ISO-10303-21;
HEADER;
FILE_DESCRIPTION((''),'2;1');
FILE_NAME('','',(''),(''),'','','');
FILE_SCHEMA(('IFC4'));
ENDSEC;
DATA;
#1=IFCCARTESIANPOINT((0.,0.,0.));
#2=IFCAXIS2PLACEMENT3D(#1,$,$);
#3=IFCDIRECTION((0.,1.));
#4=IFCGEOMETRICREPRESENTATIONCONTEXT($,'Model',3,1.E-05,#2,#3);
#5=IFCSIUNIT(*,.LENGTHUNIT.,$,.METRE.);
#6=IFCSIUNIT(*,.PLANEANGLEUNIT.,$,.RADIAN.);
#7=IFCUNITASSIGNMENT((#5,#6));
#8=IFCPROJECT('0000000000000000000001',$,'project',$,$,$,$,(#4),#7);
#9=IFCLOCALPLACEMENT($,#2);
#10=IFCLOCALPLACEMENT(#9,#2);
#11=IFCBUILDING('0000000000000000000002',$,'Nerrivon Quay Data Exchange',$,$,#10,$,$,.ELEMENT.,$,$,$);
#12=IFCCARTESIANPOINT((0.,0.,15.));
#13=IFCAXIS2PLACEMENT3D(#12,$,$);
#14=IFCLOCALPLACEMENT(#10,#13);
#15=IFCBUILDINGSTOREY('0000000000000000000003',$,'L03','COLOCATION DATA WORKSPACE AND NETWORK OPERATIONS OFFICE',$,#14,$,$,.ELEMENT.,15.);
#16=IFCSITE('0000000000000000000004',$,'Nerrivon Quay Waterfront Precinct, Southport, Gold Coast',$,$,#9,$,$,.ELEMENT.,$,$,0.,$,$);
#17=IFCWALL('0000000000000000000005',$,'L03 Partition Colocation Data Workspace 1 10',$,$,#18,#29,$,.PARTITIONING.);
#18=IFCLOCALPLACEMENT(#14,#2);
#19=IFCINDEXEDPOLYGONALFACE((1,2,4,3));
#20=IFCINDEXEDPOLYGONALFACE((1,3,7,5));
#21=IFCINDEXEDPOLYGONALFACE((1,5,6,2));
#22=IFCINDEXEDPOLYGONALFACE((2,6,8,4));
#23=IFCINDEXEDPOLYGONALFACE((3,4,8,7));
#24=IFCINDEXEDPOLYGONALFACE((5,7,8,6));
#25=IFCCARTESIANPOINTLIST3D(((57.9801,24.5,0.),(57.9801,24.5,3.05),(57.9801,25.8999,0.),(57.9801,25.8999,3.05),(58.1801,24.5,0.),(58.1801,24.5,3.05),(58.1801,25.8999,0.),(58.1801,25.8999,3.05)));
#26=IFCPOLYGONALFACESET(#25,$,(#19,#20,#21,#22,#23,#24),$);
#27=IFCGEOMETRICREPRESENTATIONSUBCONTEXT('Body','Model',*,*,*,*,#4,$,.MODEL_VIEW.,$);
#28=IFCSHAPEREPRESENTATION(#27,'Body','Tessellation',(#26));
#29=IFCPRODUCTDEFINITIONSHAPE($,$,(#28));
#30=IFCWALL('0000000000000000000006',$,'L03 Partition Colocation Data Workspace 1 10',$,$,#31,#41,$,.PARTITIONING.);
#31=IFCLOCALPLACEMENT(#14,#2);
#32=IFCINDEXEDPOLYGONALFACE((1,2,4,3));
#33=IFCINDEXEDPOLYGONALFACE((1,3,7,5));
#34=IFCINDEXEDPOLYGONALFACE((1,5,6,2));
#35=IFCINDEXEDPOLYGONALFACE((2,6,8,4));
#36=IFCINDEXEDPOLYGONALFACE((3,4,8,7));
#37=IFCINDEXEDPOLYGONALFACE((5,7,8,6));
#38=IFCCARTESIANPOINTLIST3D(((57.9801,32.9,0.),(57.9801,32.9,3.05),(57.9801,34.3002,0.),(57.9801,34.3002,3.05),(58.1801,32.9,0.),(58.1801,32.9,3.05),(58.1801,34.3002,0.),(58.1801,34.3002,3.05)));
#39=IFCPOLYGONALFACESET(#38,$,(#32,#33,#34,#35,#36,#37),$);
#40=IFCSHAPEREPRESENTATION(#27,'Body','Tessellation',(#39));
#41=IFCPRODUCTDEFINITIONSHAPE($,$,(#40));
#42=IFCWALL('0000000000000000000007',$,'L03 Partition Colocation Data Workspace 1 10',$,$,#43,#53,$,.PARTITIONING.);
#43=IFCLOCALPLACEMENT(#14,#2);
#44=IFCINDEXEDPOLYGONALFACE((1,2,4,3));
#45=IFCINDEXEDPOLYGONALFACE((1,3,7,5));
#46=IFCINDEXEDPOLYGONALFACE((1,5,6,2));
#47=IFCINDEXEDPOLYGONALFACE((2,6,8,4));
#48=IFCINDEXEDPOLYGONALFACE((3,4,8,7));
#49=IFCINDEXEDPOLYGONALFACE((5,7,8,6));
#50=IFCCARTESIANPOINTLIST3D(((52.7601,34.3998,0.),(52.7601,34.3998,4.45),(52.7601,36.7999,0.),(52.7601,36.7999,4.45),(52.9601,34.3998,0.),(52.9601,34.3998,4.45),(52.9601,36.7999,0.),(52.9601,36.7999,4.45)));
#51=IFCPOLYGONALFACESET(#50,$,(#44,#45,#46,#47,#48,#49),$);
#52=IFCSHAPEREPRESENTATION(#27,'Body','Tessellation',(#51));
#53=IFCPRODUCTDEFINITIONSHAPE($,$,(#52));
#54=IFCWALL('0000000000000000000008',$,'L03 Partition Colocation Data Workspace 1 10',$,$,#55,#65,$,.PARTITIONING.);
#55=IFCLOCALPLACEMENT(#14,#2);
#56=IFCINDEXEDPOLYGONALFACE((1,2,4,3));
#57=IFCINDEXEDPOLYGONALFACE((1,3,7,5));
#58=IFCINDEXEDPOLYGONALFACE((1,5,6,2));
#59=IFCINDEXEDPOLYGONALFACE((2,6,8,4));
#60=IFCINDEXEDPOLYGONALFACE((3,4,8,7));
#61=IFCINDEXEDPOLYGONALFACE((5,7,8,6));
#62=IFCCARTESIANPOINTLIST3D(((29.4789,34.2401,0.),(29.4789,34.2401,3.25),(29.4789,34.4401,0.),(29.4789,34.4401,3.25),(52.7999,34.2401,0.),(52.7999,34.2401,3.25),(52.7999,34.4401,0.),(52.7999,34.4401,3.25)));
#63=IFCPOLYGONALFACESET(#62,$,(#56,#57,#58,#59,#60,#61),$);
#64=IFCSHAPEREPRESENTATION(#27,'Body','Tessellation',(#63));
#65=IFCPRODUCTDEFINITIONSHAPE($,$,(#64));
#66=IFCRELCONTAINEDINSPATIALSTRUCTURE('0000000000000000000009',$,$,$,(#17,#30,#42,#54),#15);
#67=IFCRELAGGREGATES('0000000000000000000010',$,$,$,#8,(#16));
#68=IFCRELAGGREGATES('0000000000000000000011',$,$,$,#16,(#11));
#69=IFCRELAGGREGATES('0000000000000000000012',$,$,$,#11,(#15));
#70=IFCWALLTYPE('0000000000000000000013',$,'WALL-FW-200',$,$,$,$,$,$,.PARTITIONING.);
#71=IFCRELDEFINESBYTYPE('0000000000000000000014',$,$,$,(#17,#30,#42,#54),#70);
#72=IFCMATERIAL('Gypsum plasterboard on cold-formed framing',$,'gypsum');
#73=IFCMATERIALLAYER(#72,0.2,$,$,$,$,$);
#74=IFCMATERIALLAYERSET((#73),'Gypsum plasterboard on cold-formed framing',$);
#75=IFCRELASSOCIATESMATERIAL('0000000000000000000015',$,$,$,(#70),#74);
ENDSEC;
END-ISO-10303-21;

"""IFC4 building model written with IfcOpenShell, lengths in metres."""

from ifc_helpers import new_model, si_unit, direction, frame, frame_2d, origin, place, context, subcontext, project, spatial, rectangle, extrude, material, layer, layer_set, type_object, element, save


model = new_model("IFC4")

# Units and contexts
model_context = context("Model", 3, precision=1e-05, world=origin(), true_north=direction((0.0, 1.0)))
body_context = subcontext(model_context, "Body", "Model", "MODEL_VIEW")
ifc_project = project(units=[si_unit("LENGTHUNIT", "METRE"), si_unit("PLANEANGLEUNIT", "RADIAN")], contexts=[model_context])

# Site, building, storey
site_placement = place(None, origin())
site = spatial("IfcSite", under=ifc_project, at=site_placement, Name="Nerrivon Quay Waterfront Precinct, Southport, Gold Coast", CompositionType="ELEMENT", RefElevation=0.0)
building_placement = place(site_placement, origin())
building = spatial("IfcBuilding", under=site, at=building_placement, Name="Nerrivon Quay Data Exchange", CompositionType="ELEMENT")
storey_placement = place(building_placement, frame((0.0, 0.0, 15.0)))
storey = spatial("IfcBuildingStorey", under=building, at=storey_placement, Name="L03", Description="COLOCATION DATA WORKSPACE AND NETWORK OPERATIONS OFFICE", CompositionType="ELEMENT", Elevation=15.0)

# Walls
ifc_material_1 = material(Name="Gypsum plasterboard on cold-formed framing", Category="gypsum")
ifc_layer_1 = layer(ifc_material_1, 0.2)
ifc_layer_set_1 = layer_set([ifc_layer_1], Name="Gypsum plasterboard on cold-formed framing")
wall_type = type_object("IfcWallType", Name="WALL-FW-200", PredefinedType="PARTITIONING", material=ifc_layer_set_1)
wall_1_placement = place(storey_placement, frame((58.0801, 24.5, 0.0), z_axis=(0.0, 0.0, 1.0), x_axis=(0.0, 1.0, 0.0)))
element("IfcWall", 1, at=wall_1_placement, inside=storey, type_object=wall_type, Name="L03 Partition Colocation Data Workspace 1 10", PredefinedType="PARTITIONING", context=body_context, shape_type="SweptSolid", body=[
    extrude(rectangle(XDim=1.3999, YDim=0.2, at=frame_2d((0.7, 0.0))), origin(), (0.0, 0.0, 1.0), 3.05),
])
wall_2_placement = place(storey_placement, frame((58.0801, 32.8999, 0.0), z_axis=(0.0, 0.0, 1.0), x_axis=(0.0, 1.0, 0.0)))
element("IfcWall", 2, at=wall_2_placement, inside=storey, type_object=wall_type, Name="L03 Partition Colocation Data Workspace 1 10", PredefinedType="PARTITIONING", context=body_context, shape_type="SweptSolid", body=[
    extrude(rectangle(XDim=1.4001, YDim=0.2, at=frame_2d((0.7002, 0.0))), origin(), (0.0, 0.0, 1.0), 3.05),
])
wall_3_placement = place(storey_placement, frame((52.8601, 36.8, 0.0), z_axis=(0.0, 0.0, 1.0), x_axis=(0.0, -1.0, 0.0)))
element("IfcWall", 3, at=wall_3_placement, inside=storey, type_object=wall_type, Name="L03 Partition Colocation Data Workspace 1 10", PredefinedType="PARTITIONING", context=body_context, shape_type="SweptSolid", body=[
    extrude(rectangle(XDim=2.4001, YDim=0.2, at=frame_2d((1.2002, 0.0))), origin(), (0.0, 0.0, 1.0), 4.45),
])
wall_4_placement = place(storey_placement, frame((52.8, 34.3401, 0.0), z_axis=(0.0, 0.0, 1.0), x_axis=(-1.0, 0.0, 0.0)))
element("IfcWall", 4, at=wall_4_placement, inside=storey, type_object=wall_type, Name="L03 Partition Colocation Data Workspace 1 10", PredefinedType="PARTITIONING", context=body_context, shape_type="SweptSolid", body=[
    extrude(rectangle(XDim=23.321, YDim=0.2, at=frame_2d((11.6606, 0.0))), origin(), (0.0, 0.0, 1.0), 3.25),
])

save(model, "model.ifc")
